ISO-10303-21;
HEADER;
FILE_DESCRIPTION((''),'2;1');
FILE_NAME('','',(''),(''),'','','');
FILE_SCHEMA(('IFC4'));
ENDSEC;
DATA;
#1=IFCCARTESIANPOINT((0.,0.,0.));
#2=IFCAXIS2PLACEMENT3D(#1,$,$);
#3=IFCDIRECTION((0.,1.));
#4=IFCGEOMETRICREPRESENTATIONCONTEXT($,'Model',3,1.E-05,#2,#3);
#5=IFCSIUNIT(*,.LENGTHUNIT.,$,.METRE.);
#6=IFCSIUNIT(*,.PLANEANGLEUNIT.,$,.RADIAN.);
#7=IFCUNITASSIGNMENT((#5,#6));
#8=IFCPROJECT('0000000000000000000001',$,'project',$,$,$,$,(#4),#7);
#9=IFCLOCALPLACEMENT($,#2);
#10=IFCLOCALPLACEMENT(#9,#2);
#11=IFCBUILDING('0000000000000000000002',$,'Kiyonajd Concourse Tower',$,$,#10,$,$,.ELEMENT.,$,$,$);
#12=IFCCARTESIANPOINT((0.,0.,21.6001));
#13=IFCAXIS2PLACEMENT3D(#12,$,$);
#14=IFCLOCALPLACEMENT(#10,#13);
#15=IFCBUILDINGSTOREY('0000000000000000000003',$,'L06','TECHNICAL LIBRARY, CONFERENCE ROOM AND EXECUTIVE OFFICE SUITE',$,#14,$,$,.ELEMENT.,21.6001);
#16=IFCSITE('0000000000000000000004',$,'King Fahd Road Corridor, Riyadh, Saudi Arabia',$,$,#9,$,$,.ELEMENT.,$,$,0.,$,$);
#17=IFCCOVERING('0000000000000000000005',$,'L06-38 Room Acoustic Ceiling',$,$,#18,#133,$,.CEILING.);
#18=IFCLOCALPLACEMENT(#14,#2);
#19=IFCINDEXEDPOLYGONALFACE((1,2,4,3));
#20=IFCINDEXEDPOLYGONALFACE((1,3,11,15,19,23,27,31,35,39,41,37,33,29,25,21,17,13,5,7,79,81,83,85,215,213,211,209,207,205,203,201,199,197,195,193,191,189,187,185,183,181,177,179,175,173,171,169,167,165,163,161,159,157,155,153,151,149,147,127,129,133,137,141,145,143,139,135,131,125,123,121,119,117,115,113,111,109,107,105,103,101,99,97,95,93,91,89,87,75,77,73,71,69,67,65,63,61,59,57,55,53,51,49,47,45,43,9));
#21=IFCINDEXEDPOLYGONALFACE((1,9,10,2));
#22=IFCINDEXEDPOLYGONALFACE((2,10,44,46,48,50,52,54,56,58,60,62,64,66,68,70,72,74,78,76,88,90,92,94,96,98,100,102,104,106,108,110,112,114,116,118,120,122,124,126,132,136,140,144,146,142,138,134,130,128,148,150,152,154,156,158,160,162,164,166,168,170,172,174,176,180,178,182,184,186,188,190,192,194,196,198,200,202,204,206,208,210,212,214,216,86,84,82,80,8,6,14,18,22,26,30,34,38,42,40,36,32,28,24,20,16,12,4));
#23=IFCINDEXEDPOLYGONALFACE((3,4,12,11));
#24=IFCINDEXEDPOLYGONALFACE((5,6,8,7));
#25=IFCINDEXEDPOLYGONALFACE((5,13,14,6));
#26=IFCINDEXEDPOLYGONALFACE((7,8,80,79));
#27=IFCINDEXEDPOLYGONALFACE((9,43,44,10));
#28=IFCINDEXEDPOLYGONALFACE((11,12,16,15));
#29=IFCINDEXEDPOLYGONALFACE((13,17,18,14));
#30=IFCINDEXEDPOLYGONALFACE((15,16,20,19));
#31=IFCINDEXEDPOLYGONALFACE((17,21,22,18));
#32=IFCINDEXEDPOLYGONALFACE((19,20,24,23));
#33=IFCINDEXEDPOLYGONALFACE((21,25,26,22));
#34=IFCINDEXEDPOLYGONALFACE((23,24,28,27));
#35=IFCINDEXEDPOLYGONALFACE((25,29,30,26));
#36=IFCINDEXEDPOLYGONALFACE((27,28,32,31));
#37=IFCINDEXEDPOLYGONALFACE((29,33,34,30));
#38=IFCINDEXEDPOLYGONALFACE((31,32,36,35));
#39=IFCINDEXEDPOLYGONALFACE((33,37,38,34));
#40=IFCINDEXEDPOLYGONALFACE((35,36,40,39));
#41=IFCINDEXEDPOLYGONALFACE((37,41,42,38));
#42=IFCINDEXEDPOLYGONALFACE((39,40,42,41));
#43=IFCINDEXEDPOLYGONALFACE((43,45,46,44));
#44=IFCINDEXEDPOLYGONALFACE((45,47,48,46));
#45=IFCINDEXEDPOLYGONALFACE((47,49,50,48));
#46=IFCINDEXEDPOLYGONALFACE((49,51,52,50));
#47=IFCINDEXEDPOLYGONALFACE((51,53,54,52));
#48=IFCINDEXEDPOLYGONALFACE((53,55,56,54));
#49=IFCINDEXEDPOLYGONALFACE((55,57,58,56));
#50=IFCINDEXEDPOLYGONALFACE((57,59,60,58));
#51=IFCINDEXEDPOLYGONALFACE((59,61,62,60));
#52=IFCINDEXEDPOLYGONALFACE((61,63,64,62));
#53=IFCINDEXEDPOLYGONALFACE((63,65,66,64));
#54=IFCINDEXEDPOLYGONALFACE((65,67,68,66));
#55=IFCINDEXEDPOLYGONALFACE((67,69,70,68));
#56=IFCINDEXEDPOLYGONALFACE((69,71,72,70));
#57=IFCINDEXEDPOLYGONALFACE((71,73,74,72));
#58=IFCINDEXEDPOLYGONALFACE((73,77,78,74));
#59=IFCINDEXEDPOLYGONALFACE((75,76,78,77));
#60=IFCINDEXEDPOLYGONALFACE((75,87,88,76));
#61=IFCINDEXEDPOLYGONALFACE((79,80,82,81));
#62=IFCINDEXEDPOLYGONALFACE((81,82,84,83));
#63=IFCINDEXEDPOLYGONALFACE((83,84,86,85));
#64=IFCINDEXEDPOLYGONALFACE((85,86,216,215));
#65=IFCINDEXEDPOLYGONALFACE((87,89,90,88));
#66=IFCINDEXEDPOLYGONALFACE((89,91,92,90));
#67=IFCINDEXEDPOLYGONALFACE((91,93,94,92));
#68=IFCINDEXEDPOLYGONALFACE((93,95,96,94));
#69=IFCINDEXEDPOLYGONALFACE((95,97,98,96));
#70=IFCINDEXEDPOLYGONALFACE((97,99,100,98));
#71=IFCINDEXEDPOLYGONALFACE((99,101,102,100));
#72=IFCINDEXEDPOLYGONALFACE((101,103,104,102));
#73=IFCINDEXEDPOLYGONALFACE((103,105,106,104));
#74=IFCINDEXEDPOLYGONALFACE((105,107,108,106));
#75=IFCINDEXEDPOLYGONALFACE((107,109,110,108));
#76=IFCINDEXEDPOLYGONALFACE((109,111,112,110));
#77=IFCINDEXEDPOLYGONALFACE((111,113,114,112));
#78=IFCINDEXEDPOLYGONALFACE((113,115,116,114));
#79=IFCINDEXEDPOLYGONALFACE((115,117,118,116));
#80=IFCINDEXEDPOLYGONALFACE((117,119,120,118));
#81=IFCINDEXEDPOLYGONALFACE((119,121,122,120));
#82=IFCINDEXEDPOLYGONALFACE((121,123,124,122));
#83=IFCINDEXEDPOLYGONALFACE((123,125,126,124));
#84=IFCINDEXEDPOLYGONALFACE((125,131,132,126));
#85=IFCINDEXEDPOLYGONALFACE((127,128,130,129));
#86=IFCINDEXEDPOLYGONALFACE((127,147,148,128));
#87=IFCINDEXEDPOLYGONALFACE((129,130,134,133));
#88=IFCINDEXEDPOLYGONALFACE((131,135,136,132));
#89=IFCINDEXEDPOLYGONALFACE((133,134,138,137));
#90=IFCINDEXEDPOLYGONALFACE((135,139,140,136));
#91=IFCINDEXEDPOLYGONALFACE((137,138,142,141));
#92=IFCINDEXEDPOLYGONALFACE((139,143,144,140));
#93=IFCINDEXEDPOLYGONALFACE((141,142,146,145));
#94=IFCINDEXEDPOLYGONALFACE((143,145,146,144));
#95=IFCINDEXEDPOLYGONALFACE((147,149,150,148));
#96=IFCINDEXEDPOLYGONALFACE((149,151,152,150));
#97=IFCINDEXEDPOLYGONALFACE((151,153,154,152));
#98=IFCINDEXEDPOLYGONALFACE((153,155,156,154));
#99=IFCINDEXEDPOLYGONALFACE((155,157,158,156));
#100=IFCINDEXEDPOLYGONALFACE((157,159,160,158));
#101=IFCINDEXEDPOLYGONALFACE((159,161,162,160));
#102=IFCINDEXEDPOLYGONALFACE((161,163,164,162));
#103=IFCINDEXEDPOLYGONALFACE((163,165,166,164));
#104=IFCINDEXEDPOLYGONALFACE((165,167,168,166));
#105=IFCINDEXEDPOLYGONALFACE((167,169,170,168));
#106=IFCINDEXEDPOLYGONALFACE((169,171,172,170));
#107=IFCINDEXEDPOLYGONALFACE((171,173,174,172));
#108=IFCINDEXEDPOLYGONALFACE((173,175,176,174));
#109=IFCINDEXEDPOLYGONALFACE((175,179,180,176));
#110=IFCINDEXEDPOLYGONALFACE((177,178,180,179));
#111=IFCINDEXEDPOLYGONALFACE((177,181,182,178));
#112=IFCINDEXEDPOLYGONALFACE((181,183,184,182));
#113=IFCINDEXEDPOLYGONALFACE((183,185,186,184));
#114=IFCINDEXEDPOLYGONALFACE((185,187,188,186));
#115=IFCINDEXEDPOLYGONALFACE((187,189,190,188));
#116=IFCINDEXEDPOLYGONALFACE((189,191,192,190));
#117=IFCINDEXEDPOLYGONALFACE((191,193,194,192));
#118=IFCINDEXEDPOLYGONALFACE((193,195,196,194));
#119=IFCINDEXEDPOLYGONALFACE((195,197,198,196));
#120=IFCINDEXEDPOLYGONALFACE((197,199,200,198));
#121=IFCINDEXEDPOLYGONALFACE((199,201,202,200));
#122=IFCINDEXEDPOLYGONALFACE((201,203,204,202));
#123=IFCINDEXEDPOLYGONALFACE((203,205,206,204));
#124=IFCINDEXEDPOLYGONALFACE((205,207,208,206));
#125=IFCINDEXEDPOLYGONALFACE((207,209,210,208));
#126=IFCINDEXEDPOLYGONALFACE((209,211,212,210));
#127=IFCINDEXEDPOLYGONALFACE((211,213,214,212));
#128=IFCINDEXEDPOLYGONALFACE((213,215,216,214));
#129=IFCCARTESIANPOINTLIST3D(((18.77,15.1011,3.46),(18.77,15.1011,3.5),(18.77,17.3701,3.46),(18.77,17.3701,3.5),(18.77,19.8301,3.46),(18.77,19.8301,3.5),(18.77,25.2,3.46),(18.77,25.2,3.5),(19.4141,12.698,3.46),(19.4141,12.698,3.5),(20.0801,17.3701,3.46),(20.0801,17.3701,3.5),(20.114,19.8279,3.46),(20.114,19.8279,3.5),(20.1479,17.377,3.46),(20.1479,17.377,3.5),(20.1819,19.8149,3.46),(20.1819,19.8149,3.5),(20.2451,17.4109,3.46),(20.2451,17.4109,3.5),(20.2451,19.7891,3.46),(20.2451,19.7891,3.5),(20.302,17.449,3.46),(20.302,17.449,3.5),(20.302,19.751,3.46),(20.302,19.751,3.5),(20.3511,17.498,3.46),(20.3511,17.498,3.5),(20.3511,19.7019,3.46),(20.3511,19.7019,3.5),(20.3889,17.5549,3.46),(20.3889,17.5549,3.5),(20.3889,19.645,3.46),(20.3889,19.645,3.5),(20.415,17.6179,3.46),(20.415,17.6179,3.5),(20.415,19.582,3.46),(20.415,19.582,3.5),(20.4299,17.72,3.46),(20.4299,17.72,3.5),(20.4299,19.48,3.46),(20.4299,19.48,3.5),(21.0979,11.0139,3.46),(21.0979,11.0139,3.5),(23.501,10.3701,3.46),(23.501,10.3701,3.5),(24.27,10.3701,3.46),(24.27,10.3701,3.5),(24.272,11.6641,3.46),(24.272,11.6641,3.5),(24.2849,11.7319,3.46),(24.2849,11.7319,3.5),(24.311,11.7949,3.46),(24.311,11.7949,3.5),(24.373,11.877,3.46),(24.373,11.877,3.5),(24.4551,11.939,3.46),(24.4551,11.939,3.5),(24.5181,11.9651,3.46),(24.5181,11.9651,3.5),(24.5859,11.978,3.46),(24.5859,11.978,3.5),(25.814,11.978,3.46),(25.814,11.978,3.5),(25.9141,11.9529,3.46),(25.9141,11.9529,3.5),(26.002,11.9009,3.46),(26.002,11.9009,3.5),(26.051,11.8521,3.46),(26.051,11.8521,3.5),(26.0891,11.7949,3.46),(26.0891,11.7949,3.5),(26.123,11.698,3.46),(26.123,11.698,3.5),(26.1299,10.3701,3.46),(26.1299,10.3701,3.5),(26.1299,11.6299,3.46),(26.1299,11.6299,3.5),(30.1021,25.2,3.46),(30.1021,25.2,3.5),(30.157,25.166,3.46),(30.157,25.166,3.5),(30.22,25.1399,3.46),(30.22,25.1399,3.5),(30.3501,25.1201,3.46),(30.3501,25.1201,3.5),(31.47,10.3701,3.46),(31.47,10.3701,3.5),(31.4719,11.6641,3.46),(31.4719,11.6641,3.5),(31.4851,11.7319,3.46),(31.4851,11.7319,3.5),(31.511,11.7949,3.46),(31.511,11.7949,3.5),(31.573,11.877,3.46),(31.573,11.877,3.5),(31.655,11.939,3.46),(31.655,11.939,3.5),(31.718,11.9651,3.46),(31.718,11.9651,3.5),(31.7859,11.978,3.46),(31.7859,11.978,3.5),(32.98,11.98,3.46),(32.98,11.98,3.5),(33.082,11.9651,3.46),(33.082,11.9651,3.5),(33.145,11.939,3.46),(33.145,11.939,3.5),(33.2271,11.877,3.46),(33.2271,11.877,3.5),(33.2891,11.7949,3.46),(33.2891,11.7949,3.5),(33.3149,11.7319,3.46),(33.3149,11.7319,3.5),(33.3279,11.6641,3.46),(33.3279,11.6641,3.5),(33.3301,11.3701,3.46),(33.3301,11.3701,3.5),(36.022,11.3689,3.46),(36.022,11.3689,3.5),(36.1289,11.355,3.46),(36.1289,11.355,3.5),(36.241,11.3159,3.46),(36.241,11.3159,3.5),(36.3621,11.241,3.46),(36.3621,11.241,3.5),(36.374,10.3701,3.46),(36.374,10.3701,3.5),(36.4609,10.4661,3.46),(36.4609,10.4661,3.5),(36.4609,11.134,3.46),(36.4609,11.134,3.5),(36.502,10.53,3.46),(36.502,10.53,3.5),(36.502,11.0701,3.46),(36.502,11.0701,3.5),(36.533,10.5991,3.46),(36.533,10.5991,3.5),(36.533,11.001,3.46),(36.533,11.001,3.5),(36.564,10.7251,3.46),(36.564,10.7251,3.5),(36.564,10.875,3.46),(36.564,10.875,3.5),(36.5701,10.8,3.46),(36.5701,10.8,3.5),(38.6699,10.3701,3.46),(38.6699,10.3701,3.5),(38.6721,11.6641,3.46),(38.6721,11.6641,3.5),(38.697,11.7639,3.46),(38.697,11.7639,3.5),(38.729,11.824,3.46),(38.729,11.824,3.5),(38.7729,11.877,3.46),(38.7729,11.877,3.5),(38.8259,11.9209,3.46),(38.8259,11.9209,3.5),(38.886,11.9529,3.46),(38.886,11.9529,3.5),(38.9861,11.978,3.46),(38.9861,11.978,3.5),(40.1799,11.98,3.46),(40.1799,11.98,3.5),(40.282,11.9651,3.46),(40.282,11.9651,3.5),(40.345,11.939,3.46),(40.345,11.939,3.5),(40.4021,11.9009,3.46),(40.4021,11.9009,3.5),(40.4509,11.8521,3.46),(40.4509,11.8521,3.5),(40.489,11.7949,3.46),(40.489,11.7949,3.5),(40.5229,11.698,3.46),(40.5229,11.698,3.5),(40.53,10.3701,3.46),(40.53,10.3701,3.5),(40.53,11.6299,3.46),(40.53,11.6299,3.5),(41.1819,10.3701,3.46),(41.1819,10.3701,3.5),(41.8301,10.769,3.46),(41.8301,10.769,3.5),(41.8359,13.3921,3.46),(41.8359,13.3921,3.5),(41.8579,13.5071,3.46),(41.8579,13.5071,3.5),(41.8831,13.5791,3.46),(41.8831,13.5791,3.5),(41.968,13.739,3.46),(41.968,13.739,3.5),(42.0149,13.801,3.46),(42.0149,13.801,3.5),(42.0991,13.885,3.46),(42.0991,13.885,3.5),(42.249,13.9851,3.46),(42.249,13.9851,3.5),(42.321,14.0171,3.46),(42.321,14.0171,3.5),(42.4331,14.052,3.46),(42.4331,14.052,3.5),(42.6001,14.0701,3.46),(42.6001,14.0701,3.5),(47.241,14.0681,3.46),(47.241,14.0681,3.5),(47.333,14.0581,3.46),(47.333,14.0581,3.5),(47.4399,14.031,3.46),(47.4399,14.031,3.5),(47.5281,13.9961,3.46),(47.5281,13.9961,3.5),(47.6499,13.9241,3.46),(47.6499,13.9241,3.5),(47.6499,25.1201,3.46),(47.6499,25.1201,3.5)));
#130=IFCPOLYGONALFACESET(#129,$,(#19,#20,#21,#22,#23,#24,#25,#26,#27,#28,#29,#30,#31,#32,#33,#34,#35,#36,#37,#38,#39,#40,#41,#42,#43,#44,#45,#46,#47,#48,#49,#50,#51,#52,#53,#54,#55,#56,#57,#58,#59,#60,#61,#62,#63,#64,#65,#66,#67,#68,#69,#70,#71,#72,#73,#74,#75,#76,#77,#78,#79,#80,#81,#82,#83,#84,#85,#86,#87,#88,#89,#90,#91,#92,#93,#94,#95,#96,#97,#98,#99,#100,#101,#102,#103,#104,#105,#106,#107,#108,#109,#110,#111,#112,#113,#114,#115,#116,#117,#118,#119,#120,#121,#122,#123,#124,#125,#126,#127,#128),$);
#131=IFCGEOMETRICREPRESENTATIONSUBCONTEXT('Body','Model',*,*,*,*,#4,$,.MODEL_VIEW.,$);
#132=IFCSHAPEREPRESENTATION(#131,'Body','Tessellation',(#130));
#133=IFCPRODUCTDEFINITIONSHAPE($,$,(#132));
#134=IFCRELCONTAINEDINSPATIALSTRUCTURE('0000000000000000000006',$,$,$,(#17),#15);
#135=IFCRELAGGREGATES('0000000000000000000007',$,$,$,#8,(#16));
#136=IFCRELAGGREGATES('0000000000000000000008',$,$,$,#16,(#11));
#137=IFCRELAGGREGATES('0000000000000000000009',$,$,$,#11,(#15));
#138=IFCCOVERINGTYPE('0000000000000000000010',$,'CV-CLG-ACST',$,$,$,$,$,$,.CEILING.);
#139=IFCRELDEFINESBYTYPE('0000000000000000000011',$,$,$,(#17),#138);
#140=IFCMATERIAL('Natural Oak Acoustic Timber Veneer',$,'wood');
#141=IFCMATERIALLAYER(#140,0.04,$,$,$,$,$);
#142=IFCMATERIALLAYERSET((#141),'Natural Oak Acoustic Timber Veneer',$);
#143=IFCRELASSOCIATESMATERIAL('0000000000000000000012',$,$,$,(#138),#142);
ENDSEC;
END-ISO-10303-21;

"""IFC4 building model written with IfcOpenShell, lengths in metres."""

from ifc_helpers import new_model, si_unit, direction, frame, origin, place, context, subcontext, project, spatial, polyline, outline, extrude, material, layer, layer_set, type_object, element, save


model = new_model("IFC4")

# Units and contexts
model_context = context("Model", 3, precision=1e-05, world=origin(), true_north=direction((0.0, 1.0)))
body_context = subcontext(model_context, "Body", "Model", "MODEL_VIEW")
ifc_project = project(units=[si_unit("LENGTHUNIT", "METRE"), si_unit("PLANEANGLEUNIT", "RADIAN")], contexts=[model_context])

# Site, building, storey
site_placement = place(None, origin())
site = spatial("IfcSite", under=ifc_project, at=site_placement, Name="King Fahd Road Corridor, Riyadh, Saudi Arabia", CompositionType="ELEMENT", RefElevation=0.0)
building_placement = place(site_placement, origin())
building = spatial("IfcBuilding", under=site, at=building_placement, Name="Kiyonajd Concourse Tower", CompositionType="ELEMENT")
storey_placement = place(building_placement, frame((0.0, 0.0, 21.6001)))
storey = spatial("IfcBuildingStorey", under=building, at=storey_placement, Name="L06", Description="TECHNICAL LIBRARY, CONFERENCE ROOM AND EXECUTIVE OFFICE SUITE", CompositionType="ELEMENT", Elevation=21.6001)

# Covering
ifc_material_1 = material(Name="Natural Oak Acoustic Timber Veneer", Category="wood")
ifc_layer_1 = layer(ifc_material_1, 0.04)
ifc_layer_set_1 = layer_set([ifc_layer_1], Name="Natural Oak Acoustic Timber Veneer")
covering_type_1 = type_object("IfcCoveringType", Name="CV-CLG-ACST", PredefinedType="CEILING", material=ifc_layer_set_1)
covering_1_placement = place(storey_placement, frame((0.0, 0.0, 3.46)))
element("IfcCovering", 1, at=covering_1_placement, inside=storey, type_object=covering_type_1, Name="L06-38 Room Acoustic Ceiling", PredefinedType="CEILING", context=body_context, shape_type="SweptSolid", body=[
    extrude(outline(polyline([(30.1021, 25.2), (30.157, 25.166), (30.22, 25.1399), (30.3501, 25.1201), (47.6499, 25.1201), (47.6499, 13.9241), (47.5281, 13.9961), (47.4399, 14.031), (47.333, 14.0581), (47.241, 14.0681), (42.6001, 14.0701), (42.4331, 14.052), (42.321, 14.0171), (42.249, 13.9851), (42.0991, 13.885), (42.0149, 13.801), (41.968, 13.739), (41.8831, 13.5791), (41.8579, 13.5071), (41.8359, 13.3921), (41.8301, 10.769), (41.1819, 10.3701), (40.53, 10.3701), (40.53, 11.6299), (40.5229, 11.698), (40.489, 11.7949), (40.4509, 11.8521), (40.4021, 11.9009), (40.345, 11.939), (40.282, 11.9651), (40.1799, 11.98), (38.9861, 11.978), (38.886, 11.9529), (38.8259, 11.9209), (38.7729, 11.877), (38.729, 11.824), (38.697, 11.7639), (38.6721, 11.6641), (38.6699, 10.3701), (36.374, 10.3701), (36.4609, 10.4661), (36.502, 10.53), (36.533, 10.5991), (36.564, 10.7251), (36.5701, 10.8), (36.564, 10.875), (36.533, 11.001), (36.502, 11.0701), (36.4609, 11.134), (36.3621, 11.241), (36.241, 11.3159), (36.1289, 11.355), (36.022, 11.3689), (33.3301, 11.3701), (33.3279, 11.6641), (33.3149, 11.7319), (33.2891, 11.7949), (33.2271, 11.877), (33.145, 11.939), (33.082, 11.9651), (32.98, 11.98), (31.7859, 11.978), (31.718, 11.9651), (31.655, 11.939), (31.573, 11.877), (31.511, 11.7949), (31.4851, 11.7319), (31.4719, 11.6641), (31.47, 10.3701), (26.1299, 10.3701), (26.1299, 11.6299), (26.123, 11.698), (26.0891, 11.7949), (26.051, 11.8521), (26.002, 11.9009), (25.9141, 11.9529), (25.814, 11.978), (24.5859, 11.978), (24.5181, 11.9651), (24.4551, 11.939), (24.373, 11.877), (24.311, 11.7949), (24.2849, 11.7319), (24.272, 11.6641), (24.27, 10.3701), (23.501, 10.3701), (21.0979, 11.0139), (19.4141, 12.698), (18.77, 15.1011), (18.77, 17.3701), (20.0801, 17.3701), (20.1479, 17.377), (20.2451, 17.4109), (20.302, 17.449), (20.3511, 17.498), (20.3889, 17.5549), (20.415, 17.6179), (20.4299, 17.72), (20.4299, 19.48), (20.415, 19.582), (20.3889, 19.645), (20.3511, 19.7019), (20.302, 19.751), (20.2451, 19.7891), (20.1819, 19.8149), (20.114, 19.8279), (18.77, 19.8301), (18.77, 25.2), (30.1021, 25.2)])), origin(), (0.0, 0.0, 1.0), 0.04),
])

save(model, "model.ifc")
